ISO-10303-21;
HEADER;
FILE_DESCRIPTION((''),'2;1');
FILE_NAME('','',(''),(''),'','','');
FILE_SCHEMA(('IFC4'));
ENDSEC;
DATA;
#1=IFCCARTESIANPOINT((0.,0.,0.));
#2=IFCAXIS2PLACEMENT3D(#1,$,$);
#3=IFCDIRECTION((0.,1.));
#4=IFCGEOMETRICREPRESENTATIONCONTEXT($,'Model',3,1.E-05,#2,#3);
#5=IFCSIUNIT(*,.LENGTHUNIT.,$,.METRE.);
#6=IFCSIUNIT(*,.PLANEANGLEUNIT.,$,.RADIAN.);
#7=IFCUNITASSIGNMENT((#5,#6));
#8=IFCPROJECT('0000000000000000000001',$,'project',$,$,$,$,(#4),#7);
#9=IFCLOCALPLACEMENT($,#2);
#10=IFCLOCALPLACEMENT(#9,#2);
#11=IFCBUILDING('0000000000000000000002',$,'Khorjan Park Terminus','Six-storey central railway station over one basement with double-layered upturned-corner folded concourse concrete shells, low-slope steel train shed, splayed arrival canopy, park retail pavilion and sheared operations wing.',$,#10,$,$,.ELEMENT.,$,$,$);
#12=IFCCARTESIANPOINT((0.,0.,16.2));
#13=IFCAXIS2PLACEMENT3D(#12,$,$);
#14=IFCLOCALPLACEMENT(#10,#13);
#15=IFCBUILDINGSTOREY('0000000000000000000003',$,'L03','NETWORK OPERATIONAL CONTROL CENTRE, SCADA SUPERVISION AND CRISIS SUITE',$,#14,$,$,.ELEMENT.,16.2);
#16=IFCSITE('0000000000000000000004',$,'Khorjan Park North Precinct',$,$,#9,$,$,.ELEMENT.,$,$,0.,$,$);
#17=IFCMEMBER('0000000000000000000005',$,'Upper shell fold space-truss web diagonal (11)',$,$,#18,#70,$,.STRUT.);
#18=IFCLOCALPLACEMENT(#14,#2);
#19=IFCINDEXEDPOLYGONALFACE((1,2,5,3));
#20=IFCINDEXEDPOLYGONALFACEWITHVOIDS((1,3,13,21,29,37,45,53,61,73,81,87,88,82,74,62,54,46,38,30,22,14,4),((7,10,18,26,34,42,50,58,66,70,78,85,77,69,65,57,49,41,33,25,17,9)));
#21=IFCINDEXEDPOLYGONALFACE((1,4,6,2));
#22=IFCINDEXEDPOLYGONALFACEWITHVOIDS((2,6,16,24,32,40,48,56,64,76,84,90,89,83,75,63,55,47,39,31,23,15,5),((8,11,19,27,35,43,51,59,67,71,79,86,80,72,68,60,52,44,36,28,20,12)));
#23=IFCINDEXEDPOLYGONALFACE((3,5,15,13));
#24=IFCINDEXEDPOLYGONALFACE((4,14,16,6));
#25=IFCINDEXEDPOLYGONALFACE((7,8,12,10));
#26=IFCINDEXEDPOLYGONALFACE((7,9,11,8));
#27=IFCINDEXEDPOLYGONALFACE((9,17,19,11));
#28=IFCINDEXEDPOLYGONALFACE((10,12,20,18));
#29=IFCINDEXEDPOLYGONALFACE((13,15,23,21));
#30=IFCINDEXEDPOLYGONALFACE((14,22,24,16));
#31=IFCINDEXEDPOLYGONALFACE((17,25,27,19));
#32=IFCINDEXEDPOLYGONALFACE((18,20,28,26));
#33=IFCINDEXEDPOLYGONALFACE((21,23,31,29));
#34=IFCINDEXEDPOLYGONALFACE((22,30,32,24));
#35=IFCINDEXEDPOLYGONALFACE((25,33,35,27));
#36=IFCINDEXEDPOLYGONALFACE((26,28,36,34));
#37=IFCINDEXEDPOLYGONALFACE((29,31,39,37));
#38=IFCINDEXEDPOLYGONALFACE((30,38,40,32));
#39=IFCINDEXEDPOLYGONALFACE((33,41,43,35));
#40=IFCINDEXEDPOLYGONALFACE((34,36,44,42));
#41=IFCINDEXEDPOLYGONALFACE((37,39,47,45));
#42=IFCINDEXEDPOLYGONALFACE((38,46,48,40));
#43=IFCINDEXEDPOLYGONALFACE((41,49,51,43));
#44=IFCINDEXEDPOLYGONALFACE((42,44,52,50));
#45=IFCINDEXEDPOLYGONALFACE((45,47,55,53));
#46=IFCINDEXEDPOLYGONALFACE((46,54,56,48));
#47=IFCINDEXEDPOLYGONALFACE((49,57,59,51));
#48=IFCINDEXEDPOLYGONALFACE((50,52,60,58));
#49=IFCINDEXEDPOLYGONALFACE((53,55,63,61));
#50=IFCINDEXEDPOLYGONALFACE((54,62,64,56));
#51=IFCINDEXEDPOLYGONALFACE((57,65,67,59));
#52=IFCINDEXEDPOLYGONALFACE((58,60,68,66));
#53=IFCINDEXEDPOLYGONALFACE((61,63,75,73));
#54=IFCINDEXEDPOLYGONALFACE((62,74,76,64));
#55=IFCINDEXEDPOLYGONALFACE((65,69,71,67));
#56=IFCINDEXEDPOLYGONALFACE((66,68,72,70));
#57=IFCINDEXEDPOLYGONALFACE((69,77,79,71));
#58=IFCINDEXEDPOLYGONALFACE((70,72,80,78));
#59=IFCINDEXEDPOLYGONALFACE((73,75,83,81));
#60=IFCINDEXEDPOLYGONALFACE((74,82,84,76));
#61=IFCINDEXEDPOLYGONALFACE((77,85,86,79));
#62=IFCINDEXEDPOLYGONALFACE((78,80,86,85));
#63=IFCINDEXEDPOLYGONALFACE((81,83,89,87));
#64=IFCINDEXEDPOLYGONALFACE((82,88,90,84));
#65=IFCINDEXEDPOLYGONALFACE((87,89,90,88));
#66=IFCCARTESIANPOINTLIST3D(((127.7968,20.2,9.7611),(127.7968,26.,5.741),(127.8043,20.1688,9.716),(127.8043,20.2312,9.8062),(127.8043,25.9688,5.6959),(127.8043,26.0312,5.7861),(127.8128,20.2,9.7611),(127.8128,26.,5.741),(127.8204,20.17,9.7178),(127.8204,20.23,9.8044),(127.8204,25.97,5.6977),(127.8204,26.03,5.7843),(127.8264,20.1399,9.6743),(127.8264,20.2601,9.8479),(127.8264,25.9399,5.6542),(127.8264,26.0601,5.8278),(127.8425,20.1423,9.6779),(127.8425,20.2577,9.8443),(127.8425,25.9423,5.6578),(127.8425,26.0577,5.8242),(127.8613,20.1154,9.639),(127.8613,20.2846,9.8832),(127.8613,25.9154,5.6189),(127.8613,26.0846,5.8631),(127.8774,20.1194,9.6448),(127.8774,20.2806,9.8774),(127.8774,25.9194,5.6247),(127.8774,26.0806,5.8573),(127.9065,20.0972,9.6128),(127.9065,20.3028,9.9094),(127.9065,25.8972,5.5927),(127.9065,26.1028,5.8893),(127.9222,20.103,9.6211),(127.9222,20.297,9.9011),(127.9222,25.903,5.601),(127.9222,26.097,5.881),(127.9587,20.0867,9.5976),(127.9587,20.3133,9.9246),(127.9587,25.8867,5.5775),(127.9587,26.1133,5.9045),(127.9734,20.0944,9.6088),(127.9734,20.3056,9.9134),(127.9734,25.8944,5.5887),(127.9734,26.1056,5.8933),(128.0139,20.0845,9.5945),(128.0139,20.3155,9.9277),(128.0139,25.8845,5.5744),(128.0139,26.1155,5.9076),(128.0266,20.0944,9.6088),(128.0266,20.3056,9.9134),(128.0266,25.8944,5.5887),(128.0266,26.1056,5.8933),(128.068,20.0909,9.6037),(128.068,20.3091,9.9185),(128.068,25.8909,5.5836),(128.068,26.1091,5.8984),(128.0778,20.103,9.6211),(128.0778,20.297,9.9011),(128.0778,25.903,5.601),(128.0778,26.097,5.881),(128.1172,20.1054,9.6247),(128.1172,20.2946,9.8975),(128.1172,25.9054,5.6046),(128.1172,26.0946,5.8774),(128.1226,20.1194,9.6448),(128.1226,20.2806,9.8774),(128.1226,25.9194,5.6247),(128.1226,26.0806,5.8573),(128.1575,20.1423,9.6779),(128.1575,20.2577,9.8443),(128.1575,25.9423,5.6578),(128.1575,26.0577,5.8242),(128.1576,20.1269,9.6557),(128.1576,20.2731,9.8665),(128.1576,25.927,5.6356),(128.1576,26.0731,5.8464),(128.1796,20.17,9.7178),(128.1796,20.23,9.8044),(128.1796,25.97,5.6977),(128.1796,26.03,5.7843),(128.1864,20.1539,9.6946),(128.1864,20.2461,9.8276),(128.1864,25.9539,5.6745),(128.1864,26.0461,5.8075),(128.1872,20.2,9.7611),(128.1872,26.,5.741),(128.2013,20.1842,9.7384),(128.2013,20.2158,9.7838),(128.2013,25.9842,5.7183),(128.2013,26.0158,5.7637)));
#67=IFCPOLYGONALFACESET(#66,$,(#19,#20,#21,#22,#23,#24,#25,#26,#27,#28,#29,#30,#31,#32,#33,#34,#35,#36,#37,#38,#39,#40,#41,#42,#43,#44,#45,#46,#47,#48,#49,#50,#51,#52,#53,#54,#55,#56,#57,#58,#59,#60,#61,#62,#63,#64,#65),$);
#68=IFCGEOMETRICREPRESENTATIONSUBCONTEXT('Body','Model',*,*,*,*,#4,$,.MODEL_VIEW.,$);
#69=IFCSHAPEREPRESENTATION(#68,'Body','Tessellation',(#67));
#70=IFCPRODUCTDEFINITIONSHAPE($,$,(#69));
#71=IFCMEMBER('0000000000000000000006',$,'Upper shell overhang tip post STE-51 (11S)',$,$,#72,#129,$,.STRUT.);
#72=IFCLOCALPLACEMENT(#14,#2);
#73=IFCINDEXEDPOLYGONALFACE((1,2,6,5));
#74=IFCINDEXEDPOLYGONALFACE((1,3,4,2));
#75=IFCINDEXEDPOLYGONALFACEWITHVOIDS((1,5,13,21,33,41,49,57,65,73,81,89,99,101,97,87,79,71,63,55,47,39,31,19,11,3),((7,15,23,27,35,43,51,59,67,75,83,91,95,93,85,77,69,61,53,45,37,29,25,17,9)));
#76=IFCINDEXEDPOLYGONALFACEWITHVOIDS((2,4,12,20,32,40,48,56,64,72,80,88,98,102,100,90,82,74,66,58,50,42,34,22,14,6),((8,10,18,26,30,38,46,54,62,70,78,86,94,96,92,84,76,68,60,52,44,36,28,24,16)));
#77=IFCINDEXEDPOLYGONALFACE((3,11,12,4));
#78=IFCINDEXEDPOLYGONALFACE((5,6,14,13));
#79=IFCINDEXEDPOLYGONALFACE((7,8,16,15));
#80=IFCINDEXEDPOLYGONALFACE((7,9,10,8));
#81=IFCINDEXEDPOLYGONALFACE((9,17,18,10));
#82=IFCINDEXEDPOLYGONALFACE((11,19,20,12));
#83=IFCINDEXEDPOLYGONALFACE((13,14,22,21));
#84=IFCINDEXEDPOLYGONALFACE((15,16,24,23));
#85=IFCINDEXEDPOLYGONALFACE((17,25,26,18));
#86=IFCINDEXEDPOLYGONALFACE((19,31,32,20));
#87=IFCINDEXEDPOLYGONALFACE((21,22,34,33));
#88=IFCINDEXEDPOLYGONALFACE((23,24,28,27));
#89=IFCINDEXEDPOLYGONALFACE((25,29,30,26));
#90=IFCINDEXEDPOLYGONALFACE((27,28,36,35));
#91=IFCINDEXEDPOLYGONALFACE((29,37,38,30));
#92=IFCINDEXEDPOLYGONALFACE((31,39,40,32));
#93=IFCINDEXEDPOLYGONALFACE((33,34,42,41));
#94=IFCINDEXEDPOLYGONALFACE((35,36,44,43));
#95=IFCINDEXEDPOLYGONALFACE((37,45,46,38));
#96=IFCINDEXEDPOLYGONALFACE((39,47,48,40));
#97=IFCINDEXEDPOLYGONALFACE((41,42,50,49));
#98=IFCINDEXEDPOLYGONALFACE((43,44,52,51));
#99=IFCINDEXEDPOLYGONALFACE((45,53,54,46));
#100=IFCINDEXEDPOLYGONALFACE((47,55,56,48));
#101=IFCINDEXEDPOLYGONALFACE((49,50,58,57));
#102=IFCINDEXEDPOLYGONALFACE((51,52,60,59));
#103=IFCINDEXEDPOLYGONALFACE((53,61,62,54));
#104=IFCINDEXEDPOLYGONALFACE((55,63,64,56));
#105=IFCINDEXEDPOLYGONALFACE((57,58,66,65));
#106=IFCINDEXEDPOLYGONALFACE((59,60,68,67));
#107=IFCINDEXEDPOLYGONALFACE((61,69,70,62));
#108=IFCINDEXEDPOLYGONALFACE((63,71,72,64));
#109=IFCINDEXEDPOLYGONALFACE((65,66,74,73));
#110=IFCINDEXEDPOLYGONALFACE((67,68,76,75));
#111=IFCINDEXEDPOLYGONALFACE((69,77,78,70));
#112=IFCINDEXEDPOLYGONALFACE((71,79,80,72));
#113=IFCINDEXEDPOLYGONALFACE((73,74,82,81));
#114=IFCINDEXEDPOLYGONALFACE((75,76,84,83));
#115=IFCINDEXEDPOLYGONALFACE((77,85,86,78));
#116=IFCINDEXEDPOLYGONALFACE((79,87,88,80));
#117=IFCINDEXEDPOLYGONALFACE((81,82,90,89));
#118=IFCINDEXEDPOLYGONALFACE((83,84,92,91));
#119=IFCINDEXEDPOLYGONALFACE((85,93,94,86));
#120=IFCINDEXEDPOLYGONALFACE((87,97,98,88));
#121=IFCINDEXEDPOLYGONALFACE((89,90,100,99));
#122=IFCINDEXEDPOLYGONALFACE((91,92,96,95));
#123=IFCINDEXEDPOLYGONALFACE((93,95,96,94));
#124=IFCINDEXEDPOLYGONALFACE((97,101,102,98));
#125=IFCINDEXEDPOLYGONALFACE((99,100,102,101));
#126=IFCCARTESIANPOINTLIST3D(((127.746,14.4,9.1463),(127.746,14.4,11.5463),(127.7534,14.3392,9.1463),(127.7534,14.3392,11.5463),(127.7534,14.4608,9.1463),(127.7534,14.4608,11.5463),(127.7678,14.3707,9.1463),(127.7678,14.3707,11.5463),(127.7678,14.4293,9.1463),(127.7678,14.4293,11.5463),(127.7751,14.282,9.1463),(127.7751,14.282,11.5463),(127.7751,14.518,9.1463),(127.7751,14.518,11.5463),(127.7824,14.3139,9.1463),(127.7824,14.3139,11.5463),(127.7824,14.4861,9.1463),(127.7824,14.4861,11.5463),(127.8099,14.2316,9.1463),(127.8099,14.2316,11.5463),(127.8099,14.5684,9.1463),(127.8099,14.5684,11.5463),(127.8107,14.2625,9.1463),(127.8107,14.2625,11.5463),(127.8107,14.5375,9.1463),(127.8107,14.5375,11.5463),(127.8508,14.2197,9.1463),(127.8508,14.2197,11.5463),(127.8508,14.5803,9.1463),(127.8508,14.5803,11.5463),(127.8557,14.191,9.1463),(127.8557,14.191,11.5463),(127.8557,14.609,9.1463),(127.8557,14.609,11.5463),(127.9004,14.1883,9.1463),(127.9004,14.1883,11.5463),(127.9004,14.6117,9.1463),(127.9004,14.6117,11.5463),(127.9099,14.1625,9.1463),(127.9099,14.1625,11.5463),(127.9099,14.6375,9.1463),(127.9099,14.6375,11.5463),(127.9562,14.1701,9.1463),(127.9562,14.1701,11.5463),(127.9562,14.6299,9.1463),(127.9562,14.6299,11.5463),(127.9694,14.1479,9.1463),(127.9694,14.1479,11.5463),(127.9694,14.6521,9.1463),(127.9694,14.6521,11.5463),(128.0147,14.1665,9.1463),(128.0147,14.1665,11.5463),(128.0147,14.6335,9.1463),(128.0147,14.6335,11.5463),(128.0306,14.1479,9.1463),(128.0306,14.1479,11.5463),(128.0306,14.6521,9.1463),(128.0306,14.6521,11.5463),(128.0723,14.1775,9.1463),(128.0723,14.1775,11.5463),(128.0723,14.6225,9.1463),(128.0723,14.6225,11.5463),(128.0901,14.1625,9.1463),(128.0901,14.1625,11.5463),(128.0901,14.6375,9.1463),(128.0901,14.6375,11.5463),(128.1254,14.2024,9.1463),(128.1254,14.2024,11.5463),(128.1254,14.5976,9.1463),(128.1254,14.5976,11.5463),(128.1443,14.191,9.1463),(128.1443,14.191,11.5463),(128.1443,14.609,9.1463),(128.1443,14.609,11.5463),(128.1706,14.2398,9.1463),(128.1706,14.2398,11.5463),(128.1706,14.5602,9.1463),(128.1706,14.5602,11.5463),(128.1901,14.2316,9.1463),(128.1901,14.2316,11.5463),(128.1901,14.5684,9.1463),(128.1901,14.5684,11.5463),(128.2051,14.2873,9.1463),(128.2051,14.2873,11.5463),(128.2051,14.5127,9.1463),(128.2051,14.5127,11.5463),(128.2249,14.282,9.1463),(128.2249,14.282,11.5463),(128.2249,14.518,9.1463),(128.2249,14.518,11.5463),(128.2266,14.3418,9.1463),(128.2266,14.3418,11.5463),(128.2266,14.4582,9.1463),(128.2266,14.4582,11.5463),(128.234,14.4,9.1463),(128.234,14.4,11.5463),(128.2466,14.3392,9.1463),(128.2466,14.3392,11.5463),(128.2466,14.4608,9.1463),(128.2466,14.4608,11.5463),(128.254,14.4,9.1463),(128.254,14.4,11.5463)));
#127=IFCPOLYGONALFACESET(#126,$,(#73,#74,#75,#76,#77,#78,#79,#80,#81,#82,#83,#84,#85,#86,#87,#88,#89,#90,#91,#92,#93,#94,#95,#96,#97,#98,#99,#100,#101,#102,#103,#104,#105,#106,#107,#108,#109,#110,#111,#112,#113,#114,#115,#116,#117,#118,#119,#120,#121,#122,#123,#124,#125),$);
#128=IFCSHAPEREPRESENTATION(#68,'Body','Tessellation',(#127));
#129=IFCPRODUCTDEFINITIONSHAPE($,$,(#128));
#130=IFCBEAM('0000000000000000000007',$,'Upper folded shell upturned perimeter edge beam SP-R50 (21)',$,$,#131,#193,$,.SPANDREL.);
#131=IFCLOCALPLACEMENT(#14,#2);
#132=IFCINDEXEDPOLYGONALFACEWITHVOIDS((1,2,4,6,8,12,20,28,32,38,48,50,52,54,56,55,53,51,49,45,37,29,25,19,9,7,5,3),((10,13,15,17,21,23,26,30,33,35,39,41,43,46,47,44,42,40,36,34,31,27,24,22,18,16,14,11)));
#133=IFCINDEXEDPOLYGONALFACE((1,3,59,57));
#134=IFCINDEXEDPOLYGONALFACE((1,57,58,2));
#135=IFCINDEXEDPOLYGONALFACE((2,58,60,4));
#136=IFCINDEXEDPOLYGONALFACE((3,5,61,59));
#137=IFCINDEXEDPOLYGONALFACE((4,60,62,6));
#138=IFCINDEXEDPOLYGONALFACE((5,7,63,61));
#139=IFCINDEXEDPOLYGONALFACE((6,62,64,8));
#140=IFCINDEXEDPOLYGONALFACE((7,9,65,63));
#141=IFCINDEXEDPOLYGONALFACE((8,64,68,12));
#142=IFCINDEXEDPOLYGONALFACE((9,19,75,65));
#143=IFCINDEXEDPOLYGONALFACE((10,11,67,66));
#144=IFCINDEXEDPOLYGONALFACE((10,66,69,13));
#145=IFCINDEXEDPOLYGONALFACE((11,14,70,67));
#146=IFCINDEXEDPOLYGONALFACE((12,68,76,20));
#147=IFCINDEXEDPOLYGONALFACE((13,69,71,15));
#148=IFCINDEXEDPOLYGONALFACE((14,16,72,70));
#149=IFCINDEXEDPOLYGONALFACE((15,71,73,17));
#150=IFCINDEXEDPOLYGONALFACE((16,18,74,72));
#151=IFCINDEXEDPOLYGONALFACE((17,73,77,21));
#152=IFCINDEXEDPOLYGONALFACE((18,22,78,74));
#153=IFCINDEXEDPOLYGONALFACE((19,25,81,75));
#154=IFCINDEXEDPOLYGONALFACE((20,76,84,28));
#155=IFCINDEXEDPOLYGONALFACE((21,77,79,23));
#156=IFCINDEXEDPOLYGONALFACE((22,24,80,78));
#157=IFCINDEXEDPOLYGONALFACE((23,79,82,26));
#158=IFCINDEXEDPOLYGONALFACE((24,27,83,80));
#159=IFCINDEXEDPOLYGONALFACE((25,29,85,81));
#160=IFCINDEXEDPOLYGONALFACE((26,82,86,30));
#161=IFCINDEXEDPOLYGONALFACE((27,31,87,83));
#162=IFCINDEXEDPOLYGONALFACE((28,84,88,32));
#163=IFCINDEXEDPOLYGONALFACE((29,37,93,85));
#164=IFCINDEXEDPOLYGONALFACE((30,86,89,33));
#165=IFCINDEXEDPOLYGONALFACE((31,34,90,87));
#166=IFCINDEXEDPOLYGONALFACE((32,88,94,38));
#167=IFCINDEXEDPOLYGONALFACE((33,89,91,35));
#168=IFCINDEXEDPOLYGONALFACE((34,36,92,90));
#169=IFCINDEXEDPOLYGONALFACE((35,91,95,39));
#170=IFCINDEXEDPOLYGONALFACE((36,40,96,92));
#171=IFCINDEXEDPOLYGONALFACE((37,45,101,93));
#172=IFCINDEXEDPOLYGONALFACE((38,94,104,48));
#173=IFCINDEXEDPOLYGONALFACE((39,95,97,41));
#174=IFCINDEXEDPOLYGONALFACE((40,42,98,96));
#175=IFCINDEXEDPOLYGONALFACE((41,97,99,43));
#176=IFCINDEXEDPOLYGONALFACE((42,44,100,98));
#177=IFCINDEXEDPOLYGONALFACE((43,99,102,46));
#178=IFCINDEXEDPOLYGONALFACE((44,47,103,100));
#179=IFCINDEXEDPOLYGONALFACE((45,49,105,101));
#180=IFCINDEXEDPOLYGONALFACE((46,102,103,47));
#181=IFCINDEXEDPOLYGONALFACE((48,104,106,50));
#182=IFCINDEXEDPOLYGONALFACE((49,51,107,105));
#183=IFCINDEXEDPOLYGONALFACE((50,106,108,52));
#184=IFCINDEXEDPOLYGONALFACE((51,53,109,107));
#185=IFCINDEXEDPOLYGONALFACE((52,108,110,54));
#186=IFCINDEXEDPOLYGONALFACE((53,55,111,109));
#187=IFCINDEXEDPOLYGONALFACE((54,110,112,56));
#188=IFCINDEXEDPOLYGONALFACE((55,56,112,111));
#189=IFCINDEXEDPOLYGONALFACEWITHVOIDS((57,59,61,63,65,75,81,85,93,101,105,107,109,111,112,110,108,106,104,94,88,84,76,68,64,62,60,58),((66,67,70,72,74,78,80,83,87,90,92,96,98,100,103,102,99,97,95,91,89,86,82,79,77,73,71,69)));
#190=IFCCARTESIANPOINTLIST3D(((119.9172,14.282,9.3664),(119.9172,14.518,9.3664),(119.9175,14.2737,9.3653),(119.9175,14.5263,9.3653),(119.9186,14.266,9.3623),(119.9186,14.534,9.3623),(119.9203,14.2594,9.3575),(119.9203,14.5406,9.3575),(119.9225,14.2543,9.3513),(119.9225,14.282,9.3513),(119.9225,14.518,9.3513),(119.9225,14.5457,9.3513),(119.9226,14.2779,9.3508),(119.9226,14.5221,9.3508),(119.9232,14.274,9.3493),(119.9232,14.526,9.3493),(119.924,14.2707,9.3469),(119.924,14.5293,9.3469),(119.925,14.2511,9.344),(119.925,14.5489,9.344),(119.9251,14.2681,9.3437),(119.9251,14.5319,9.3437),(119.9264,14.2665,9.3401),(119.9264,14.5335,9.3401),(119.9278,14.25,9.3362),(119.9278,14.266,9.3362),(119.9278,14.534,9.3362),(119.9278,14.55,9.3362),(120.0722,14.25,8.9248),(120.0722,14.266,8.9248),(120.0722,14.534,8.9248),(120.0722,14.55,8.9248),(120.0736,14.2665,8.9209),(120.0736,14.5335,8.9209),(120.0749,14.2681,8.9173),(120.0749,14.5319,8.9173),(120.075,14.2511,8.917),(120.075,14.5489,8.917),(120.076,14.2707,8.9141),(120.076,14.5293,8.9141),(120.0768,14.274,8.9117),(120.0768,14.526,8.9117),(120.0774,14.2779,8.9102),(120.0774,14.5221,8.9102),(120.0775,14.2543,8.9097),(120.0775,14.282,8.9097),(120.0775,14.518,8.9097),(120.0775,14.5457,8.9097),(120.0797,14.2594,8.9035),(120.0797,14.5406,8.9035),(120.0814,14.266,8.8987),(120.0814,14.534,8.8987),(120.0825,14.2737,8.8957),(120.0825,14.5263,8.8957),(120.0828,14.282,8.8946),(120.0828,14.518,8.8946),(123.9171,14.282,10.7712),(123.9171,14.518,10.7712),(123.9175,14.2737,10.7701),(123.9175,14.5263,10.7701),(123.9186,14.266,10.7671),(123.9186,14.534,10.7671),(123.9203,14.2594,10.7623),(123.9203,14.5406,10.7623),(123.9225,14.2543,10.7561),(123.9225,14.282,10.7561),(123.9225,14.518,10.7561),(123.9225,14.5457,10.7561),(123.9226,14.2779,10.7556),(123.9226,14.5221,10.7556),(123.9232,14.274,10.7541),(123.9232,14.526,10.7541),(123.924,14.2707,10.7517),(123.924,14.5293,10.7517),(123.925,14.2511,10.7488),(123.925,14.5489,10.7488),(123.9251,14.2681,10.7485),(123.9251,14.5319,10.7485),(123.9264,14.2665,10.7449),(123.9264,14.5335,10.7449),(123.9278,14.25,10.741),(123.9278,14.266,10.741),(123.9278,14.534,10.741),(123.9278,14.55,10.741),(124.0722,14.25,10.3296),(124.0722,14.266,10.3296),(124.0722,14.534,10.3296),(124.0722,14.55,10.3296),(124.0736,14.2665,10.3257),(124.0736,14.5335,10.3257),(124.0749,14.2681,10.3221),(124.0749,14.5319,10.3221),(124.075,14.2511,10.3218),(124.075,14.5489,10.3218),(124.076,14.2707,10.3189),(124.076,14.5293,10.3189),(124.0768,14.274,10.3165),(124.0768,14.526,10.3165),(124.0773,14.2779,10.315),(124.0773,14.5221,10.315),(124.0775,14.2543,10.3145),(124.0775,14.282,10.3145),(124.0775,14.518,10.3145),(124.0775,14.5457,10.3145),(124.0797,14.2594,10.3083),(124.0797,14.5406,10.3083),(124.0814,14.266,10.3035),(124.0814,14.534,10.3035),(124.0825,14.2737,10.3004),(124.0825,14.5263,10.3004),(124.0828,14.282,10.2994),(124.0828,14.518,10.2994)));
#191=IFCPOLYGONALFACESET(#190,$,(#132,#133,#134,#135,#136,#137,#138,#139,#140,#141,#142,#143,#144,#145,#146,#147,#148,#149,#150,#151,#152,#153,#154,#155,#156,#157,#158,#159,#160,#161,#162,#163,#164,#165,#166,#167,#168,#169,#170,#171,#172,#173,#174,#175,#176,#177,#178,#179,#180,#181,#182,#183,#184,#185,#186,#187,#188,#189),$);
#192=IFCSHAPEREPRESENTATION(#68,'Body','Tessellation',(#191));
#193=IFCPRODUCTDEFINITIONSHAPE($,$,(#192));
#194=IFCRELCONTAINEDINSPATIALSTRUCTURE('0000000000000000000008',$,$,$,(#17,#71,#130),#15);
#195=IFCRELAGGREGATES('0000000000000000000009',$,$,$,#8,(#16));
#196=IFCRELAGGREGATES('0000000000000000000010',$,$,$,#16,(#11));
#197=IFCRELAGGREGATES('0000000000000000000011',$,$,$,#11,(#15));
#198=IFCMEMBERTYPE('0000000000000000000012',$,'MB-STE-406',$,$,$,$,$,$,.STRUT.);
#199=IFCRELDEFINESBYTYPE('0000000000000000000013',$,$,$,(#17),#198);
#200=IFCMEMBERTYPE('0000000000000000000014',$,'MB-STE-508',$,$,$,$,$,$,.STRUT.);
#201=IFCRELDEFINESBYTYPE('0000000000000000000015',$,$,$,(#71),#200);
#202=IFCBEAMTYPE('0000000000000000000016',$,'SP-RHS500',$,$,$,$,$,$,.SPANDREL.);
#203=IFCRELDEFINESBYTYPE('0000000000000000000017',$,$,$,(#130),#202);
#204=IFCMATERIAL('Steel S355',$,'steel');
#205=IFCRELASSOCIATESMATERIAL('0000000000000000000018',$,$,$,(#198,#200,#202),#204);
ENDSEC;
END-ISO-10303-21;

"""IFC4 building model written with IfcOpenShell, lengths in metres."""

from ifc_helpers import new_model, si_unit, direction, frame, origin, origin_2d, place, context, subcontext, project, spatial, hollow_rectangle, hollow_circle, extrude, material, material_profile, profile_set, type_object, element, save


model = new_model("IFC4")

# Units and contexts
model_context = context("Model", 3, precision=1e-05, world=origin(), true_north=direction((0.0, 1.0)))
body_context = subcontext(model_context, "Body", "Model", "MODEL_VIEW")
ifc_project = project(units=[si_unit("LENGTHUNIT", "METRE"), si_unit("PLANEANGLEUNIT", "RADIAN")], contexts=[model_context])

# Site, building, storey
site_placement = place(None, origin())
site = spatial("IfcSite", under=ifc_project, at=site_placement, Name="Khorjan Park North Precinct", CompositionType="ELEMENT", RefElevation=0.0)
building_placement = place(site_placement, origin())
building = spatial("IfcBuilding", under=site, at=building_placement, Name="Khorjan Park Terminus", Description="Six-storey central railway station over one basement with double-layered upturned-corner folded concourse concrete shells, low-slope steel train shed, splayed arrival canopy, park retail pavilion and sheared operations wing.", CompositionType="ELEMENT")
storey_placement = place(building_placement, frame((0.0, 0.0, 16.2)))
storey = spatial("IfcBuildingStorey", under=building, at=storey_placement, Name="L03", Description="NETWORK OPERATIONAL CONTROL CENTRE, SCADA SUPERVISION AND CRISIS SUITE", CompositionType="ELEMENT", Elevation=16.2)

# Members
ifc_material = material(Name="Steel S355", Category="steel")
ifc_material_profile_1 = material_profile(ifc_material, hollow_circle(Radius=0.2032, WallThickness=0.016, at=origin_2d()), Name="CHS 406.4x16")
ifc_profile_set_1 = profile_set([ifc_material_profile_1], Name="Steel S355")
member_type_1 = type_object("IfcMemberType", Name="MB-STE-406", PredefinedType="STRUT", material=ifc_profile_set_1)
member_1_placement = place(storey_placement, frame((128.0, 20.2, 9.7611), z_axis=(0.0, 0.821879, -0.569662), x_axis=(-1.0, 0.0, 0.0)))
element("IfcMember", 1, at=member_1_placement, inside=storey, type_object=member_type_1, Name="Upper shell fold space-truss web diagonal (11)", PredefinedType="STRUT", context=body_context, shape_type="SweptSolid", body=[
    extrude(hollow_circle(Radius=0.2032, WallThickness=0.016, at=origin_2d()), origin(), (0.0, 0.0, 1.0), 7.057),
])
ifc_material_profile_2 = material_profile(ifc_material, hollow_circle(Radius=0.254, WallThickness=0.02, at=origin_2d()), Name="CHS 508x20")
ifc_profile_set_2 = profile_set([ifc_material_profile_2], Name="Steel S355")
member_type_2 = type_object("IfcMemberType", Name="MB-STE-508", PredefinedType="STRUT", material=ifc_profile_set_2)
member_2_placement = place(storey_placement, frame((128.0, 14.4, 9.1463), z_axis=(0.0, 0.0, 1.0), x_axis=(1.0, 0.0, 0.0)))
element("IfcMember", 2, at=member_2_placement, inside=storey, type_object=member_type_2, Name="Upper shell overhang tip post STE-51 (11S)", PredefinedType="STRUT", context=body_context, shape_type="SweptSolid", body=[
    extrude(hollow_circle(Radius=0.254, WallThickness=0.02, at=origin_2d()), origin(), (0.0, 0.0, 1.0), 2.4),
])

# Beam
ifc_material_profile_3 = material_profile(ifc_material, hollow_rectangle(XDim=0.3, YDim=0.5, WallThickness=0.016, InnerFilletRadius=0.016, OuterFilletRadius=0.032, at=origin_2d()), Name="RHS 500x300x16")
ifc_profile_set_3 = profile_set([ifc_material_profile_3], Name="Steel S355")
beam_type = type_object("IfcBeamType", Name="SP-RHS500", PredefinedType="SPANDREL", material=ifc_profile_set_3)
beam_1_placement = place(storey_placement, frame((120.0, 14.4, 9.1305), z_axis=(0.943505, 0.0, 0.331359), x_axis=(0.0, 1.0, 0.0)))
element("IfcBeam", 3, at=beam_1_placement, inside=storey, type_object=beam_type, Name="Upper folded shell upturned perimeter edge beam SP-R50 (21)", PredefinedType="SPANDREL", context=body_context, shape_type="SweptSolid", body=[
    extrude(hollow_rectangle(XDim=0.3, YDim=0.5, WallThickness=0.016, InnerFilletRadius=0.016, OuterFilletRadius=0.032, at=origin_2d()), origin(), (0.0, 0.0, 1.0), 4.2395),
])

save(model, "model.ifc")
